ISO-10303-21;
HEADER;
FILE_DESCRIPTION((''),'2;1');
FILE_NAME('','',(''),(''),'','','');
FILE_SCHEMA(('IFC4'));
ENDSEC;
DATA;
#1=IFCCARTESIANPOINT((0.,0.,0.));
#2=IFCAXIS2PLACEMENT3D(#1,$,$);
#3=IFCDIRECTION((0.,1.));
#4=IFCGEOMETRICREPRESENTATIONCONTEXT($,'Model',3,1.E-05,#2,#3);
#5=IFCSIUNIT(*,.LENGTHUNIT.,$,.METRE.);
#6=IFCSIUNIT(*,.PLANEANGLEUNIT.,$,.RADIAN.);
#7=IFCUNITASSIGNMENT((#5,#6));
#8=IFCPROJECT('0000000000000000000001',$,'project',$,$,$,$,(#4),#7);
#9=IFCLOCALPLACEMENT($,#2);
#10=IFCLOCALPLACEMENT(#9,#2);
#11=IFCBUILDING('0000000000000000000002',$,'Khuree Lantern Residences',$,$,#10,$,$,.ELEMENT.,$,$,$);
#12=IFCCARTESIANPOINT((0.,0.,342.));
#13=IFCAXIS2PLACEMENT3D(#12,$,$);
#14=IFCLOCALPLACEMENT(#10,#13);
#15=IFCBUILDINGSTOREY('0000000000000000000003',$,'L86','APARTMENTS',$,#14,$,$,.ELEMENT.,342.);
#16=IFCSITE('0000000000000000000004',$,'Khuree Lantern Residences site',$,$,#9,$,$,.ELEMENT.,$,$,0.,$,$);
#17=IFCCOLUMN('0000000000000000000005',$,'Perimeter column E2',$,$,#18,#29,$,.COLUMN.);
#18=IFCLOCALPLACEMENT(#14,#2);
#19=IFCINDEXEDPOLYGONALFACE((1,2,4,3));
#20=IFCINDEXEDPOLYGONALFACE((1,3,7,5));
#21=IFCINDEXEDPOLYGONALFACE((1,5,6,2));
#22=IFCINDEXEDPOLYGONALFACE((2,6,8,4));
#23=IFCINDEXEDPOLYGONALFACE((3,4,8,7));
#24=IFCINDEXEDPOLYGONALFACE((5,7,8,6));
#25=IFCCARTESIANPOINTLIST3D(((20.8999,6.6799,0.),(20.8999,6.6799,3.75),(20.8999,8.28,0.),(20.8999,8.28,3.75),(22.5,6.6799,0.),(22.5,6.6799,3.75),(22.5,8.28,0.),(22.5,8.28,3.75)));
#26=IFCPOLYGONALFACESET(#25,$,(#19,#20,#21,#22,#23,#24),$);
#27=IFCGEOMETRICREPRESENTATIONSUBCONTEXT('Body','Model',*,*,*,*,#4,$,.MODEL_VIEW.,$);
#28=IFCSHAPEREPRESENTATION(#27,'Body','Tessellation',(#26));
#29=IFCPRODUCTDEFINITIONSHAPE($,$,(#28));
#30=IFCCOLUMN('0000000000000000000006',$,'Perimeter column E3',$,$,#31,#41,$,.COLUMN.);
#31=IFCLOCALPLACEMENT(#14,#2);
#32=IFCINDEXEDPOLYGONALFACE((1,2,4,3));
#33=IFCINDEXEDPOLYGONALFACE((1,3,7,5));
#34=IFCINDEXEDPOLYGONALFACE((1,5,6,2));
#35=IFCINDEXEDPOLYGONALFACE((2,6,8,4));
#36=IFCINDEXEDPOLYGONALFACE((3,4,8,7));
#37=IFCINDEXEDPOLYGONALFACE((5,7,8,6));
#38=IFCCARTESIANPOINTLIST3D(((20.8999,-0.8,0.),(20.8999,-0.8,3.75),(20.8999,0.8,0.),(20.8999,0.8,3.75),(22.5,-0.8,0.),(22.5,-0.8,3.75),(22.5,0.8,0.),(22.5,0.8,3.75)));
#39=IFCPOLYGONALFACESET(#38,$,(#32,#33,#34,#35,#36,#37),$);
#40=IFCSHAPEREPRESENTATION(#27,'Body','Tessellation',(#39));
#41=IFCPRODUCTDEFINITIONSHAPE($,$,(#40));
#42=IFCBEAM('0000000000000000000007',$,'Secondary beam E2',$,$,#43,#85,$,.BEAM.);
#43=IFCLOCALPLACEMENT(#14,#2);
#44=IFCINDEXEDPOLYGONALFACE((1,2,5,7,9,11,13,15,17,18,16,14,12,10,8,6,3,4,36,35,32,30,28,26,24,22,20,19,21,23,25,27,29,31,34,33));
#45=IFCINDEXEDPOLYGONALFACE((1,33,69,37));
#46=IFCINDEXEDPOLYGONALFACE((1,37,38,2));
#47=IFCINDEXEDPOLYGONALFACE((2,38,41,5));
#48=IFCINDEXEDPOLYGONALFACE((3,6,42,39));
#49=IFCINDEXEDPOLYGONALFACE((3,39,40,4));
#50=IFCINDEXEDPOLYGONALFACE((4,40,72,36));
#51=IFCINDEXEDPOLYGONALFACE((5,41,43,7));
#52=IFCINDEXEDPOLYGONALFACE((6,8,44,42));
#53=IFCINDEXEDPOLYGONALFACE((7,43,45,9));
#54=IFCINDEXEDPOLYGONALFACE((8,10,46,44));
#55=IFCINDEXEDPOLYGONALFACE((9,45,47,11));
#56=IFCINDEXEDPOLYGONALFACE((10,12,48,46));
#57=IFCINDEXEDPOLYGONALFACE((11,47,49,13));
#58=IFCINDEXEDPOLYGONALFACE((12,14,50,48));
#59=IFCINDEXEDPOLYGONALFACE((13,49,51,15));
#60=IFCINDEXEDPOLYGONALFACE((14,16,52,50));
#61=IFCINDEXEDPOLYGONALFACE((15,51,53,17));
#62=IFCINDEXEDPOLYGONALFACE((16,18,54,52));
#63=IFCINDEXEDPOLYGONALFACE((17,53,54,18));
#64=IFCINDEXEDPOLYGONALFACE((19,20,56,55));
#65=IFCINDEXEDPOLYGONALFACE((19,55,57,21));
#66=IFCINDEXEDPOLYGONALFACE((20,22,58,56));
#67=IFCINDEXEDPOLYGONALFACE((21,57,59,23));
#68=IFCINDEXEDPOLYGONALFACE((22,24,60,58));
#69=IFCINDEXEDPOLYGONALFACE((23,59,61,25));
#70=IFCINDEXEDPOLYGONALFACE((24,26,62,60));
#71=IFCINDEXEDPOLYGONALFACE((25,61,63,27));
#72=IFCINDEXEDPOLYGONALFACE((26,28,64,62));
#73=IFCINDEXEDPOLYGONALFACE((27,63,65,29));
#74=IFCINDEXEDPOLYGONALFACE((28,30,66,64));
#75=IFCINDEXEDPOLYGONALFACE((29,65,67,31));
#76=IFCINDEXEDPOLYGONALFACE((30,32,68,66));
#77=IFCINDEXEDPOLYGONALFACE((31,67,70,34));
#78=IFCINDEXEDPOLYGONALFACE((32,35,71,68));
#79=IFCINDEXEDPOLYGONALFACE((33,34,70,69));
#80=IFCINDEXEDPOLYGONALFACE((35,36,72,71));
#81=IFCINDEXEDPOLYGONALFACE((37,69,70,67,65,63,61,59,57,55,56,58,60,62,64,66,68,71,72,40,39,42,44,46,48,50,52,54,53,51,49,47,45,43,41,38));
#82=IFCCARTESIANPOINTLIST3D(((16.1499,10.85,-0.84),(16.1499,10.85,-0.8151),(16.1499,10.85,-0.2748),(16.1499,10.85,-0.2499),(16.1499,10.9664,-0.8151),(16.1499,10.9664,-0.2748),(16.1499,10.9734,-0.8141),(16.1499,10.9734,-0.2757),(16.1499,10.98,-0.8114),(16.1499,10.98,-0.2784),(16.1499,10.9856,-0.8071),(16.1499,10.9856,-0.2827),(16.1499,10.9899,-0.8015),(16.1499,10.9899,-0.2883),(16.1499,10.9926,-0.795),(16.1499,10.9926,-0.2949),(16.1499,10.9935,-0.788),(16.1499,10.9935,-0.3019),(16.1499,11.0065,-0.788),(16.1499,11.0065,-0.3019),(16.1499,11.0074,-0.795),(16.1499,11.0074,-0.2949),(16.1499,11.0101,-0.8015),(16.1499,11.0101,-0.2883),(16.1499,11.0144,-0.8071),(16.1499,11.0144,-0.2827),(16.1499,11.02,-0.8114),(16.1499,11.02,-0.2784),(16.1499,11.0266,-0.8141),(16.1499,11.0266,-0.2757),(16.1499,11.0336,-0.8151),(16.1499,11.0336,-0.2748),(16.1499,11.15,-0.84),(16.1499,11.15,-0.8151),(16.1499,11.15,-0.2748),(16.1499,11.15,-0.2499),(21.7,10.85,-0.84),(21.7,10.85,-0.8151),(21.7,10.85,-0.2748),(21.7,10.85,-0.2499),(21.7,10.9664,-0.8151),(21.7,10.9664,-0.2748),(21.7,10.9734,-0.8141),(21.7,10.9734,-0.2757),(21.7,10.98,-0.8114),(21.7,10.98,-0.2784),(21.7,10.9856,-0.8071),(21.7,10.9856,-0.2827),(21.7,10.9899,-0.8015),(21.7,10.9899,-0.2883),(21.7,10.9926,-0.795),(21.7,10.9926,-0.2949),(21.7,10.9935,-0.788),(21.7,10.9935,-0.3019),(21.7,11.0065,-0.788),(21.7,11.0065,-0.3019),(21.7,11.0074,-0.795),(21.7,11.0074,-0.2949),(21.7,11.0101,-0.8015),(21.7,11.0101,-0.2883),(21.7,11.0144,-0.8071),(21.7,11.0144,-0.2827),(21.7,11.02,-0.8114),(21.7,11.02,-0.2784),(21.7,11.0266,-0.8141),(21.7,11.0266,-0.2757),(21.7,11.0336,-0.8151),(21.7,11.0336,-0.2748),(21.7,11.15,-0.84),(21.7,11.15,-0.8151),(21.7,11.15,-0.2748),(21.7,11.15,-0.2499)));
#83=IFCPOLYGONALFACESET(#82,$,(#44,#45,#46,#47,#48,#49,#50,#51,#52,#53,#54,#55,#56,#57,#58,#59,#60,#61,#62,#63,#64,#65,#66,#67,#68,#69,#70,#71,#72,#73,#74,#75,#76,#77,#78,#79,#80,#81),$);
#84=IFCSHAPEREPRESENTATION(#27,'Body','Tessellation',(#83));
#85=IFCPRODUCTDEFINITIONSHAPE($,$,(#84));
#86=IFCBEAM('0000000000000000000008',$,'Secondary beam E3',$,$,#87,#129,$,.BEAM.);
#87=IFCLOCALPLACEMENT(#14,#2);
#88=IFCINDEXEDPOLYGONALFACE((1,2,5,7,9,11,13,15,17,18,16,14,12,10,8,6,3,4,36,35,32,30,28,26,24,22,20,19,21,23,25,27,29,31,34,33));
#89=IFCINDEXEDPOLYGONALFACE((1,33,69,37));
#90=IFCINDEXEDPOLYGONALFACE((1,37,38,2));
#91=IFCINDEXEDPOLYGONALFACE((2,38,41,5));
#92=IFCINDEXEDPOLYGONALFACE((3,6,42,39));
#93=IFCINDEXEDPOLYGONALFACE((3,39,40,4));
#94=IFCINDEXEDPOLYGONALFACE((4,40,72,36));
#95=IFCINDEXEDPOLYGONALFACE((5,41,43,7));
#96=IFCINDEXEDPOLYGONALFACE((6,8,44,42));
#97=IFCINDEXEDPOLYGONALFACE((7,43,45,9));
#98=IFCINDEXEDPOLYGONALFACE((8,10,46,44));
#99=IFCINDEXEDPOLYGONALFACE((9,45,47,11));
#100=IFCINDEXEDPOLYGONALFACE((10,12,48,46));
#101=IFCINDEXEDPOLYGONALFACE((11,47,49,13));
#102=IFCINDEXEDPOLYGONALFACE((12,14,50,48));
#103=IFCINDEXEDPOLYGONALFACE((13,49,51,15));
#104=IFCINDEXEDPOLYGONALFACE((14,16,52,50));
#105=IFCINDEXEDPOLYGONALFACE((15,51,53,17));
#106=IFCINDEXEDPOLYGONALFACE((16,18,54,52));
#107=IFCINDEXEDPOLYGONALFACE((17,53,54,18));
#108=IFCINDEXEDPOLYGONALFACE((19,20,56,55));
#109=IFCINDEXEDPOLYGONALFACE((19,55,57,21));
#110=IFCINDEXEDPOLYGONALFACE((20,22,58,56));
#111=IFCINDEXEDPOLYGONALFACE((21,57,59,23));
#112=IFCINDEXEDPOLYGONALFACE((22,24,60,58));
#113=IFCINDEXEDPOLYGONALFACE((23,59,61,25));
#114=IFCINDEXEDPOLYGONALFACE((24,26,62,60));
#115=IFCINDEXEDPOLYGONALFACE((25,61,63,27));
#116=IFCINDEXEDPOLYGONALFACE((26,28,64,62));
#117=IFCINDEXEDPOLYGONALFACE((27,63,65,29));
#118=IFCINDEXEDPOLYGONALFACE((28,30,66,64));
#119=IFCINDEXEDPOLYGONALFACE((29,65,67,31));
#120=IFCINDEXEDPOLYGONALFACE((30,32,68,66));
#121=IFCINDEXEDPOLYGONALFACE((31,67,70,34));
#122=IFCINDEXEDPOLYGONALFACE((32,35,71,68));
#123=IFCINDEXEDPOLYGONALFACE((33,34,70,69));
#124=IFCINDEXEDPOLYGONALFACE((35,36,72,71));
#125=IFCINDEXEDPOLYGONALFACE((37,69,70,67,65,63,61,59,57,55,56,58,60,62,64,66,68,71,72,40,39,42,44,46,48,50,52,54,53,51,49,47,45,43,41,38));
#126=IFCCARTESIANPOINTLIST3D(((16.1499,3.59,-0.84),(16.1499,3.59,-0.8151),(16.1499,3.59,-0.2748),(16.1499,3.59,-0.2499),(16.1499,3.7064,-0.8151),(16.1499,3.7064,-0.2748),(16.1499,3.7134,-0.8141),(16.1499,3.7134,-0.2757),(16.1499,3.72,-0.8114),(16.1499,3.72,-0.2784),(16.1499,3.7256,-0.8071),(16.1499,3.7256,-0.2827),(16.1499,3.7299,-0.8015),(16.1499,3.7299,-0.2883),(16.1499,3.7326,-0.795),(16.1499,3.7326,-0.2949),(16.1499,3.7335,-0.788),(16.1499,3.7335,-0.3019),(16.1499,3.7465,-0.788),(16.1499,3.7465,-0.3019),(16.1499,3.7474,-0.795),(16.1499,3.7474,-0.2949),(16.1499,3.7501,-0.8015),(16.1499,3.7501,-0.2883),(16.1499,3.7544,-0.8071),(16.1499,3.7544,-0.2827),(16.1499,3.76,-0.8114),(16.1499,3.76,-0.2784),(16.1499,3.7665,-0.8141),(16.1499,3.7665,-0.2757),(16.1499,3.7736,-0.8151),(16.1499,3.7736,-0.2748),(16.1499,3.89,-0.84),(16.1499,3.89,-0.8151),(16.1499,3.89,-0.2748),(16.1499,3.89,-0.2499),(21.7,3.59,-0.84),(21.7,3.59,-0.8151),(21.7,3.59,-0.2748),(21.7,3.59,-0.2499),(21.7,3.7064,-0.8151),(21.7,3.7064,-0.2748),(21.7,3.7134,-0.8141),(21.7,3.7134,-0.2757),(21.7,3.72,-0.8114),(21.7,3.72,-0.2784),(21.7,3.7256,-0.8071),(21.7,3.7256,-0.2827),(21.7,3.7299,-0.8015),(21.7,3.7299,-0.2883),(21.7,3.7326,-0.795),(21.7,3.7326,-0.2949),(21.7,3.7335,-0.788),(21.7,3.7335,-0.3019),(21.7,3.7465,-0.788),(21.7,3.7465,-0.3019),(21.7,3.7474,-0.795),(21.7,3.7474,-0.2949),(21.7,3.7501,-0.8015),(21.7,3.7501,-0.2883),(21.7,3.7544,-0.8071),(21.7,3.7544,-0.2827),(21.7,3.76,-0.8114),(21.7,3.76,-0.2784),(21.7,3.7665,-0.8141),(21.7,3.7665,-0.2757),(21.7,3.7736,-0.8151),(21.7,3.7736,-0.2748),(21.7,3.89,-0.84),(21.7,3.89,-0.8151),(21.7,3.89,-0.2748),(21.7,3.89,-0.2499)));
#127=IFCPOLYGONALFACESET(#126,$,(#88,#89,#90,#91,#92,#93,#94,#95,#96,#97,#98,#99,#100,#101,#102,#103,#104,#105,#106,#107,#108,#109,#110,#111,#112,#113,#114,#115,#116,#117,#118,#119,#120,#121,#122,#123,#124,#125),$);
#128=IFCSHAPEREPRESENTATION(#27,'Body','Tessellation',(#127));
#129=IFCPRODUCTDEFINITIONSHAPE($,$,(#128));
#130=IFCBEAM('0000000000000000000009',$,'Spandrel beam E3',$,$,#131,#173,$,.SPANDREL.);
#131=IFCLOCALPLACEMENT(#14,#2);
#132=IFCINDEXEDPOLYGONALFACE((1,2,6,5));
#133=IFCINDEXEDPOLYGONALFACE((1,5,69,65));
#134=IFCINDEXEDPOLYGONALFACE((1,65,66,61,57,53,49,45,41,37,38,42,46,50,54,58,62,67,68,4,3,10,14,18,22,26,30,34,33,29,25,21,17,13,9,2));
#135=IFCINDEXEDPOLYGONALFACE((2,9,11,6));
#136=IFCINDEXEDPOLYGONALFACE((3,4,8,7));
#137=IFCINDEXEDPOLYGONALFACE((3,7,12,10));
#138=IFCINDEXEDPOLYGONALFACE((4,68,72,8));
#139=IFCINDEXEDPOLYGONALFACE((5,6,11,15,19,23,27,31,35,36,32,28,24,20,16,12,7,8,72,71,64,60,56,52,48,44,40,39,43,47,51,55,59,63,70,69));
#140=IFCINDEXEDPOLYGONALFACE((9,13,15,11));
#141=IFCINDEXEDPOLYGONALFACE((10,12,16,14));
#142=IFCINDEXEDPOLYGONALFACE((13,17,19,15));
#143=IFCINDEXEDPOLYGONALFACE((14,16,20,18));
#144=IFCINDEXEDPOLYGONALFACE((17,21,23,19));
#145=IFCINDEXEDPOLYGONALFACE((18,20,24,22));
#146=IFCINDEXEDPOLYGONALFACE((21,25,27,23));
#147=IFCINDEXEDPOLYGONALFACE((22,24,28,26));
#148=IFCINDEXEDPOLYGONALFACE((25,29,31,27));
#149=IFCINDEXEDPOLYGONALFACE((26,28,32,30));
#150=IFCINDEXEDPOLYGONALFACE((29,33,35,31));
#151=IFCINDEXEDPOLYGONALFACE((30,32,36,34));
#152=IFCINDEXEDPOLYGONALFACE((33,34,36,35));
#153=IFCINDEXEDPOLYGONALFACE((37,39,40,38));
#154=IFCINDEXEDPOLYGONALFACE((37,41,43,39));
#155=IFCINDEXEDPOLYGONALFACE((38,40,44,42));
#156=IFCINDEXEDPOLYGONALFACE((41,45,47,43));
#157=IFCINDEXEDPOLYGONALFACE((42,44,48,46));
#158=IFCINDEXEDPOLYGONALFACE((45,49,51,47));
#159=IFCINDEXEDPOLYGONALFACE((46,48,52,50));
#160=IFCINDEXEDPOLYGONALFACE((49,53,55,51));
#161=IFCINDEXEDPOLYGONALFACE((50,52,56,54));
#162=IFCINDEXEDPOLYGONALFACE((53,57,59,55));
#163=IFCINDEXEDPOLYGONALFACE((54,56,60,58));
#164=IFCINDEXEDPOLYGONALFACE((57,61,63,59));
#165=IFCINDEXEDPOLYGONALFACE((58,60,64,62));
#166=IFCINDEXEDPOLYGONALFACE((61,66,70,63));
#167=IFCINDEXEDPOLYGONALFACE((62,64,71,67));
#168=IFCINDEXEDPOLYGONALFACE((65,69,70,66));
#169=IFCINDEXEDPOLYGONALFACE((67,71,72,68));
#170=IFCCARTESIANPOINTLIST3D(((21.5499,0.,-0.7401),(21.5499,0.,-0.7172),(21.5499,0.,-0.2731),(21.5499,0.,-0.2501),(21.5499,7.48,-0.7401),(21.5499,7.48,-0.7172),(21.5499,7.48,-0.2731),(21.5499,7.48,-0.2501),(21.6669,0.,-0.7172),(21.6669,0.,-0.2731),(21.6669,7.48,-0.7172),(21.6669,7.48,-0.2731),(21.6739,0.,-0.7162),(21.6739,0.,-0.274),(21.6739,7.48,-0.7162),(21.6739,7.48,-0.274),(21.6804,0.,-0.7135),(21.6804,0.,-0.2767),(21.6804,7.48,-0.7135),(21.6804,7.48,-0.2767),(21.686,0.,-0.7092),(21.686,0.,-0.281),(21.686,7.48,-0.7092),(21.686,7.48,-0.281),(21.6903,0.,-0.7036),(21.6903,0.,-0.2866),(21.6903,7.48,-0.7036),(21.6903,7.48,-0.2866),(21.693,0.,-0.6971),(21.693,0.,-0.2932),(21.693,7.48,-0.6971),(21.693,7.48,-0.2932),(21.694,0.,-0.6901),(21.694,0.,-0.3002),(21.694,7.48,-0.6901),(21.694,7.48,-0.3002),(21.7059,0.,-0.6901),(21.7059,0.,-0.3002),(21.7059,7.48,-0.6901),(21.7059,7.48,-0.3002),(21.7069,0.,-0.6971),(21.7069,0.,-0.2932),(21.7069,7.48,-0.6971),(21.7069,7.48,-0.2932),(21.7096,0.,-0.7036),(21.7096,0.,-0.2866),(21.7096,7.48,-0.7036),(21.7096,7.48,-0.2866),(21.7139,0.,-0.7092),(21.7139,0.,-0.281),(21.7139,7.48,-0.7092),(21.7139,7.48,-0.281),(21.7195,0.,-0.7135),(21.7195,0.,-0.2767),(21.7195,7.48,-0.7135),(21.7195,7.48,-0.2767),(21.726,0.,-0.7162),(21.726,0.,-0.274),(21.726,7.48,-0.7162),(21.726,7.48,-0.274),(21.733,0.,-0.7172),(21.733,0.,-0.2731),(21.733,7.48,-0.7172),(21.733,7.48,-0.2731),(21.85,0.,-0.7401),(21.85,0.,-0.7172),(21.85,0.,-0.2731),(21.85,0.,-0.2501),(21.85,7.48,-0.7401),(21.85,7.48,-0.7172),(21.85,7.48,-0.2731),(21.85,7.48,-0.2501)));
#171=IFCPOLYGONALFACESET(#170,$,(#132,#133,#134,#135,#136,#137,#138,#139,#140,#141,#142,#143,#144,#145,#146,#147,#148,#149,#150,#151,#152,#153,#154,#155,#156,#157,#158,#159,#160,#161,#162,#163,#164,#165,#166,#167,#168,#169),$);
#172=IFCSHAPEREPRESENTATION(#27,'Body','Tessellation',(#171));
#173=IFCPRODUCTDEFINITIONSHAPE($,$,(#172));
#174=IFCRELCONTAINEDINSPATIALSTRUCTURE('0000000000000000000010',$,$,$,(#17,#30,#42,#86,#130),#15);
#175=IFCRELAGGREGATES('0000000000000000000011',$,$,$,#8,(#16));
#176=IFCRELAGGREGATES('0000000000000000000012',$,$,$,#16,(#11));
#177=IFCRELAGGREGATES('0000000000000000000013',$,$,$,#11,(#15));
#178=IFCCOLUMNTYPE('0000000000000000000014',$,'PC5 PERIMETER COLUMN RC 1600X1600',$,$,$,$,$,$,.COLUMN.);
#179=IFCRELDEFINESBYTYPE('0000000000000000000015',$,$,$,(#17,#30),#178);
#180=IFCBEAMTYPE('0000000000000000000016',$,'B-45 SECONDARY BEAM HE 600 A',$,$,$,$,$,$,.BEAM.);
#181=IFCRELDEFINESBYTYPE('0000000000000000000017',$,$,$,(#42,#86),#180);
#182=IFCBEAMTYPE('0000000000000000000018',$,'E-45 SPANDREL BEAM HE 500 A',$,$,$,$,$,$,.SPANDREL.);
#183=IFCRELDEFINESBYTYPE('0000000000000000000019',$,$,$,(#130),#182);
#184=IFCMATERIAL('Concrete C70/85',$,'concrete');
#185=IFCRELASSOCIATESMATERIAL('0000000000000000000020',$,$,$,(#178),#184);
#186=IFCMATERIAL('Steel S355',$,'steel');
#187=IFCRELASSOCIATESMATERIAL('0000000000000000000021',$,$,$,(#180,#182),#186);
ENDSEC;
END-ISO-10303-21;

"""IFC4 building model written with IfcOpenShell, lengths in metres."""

from ifc_helpers import new_model, si_unit, direction, frame, origin, origin_2d, place, context, subcontext, project, spatial, rectangle, i_section, extrude, material, material_profile, profile_set, type_object, element, save


model = new_model("IFC4")

# Units and contexts
model_context = context("Model", 3, precision=1e-05, world=origin(), true_north=direction((0.0, 1.0)))
body_context = subcontext(model_context, "Body", "Model", "MODEL_VIEW")
ifc_project = project(units=[si_unit("LENGTHUNIT", "METRE"), si_unit("PLANEANGLEUNIT", "RADIAN")], contexts=[model_context])

# Site, building, storey
site_placement = place(None, origin())
site = spatial("IfcSite", under=ifc_project, at=site_placement, Name="Khuree Lantern Residences site", CompositionType="ELEMENT", RefElevation=0.0)
building_placement = place(site_placement, origin())
building = spatial("IfcBuilding", under=site, at=building_placement, Name="Khuree Lantern Residences", CompositionType="ELEMENT")
storey_placement = place(building_placement, frame((0.0, 0.0, 342.0)))
storey = spatial("IfcBuildingStorey", under=building, at=storey_placement, Name="L86", Description="APARTMENTS", CompositionType="ELEMENT", Elevation=342.0)

# Columns
ifc_material_1 = material(Name="Concrete C70/85", Category="concrete")
ifc_material_profile_1 = material_profile(ifc_material_1, rectangle(XDim=1.6001, YDim=1.6001, at=origin_2d()), Name="RC 1600X1600")
ifc_profile_set_1 = profile_set([ifc_material_profile_1], Name="Concrete C70/85")
column_type = type_object("IfcColumnType", Name="PC5 PERIMETER COLUMN RC 1600X1600", PredefinedType="COLUMN", material=ifc_profile_set_1)
for number, where, z_axis, x_axis, name in (
    (1, (21.7, 7.48, 0.0), (0.0, 0.0, 1.0), (0.0, 1.0, 0.0), "Perimeter column E2"),
    (2, (21.7, 0.0, 0.0), (0.0, 0.0, 1.0), (0.0, 1.0, 0.0), "Perimeter column E3"),
):
    element("IfcColumn", number, at=place(storey_placement, frame(where, z_axis=z_axis, x_axis=x_axis)), inside=storey, type_object=column_type, Name=name, PredefinedType="COLUMN", context=body_context, shape_type="SweptSolid", body=[
        extrude(rectangle(XDim=1.6001, YDim=1.6001, at=origin_2d()), origin(), (0.0, 0.0, 1.0), 3.75),
    ])

# Beams
ifc_material_2 = material(Name="Steel S355", Category="steel")
ifc_material_profile_2 = material_profile(ifc_material_2, i_section(OverallWidth=0.3, OverallDepth=0.5901, WebThickness=0.0129, FlangeThickness=0.0249, FilletRadius=0.0271, at=origin_2d()), Name="HE 600 A")
ifc_profile_set_2 = profile_set([ifc_material_profile_2], Name="Steel S355")
beam_type_1 = type_object("IfcBeamType", Name="B-45 SECONDARY BEAM HE 600 A", PredefinedType="BEAM", material=ifc_profile_set_2)
for number, where, z_axis, x_axis, name in (
    (3, (21.7, 11.0, -0.5449), (-1.0, 0.0, 0.0), (0.0, -1.0, 0.0), "Secondary beam E2"),
    (4, (21.7, 3.74, -0.5449), (-1.0, 0.0, 0.0), (0.0, -1.0, 0.0), "Secondary beam E3"),
):
    element("IfcBeam", number, at=place(storey_placement, frame(where, z_axis=z_axis, x_axis=x_axis)), inside=storey, type_object=beam_type_1, Name=name, PredefinedType="BEAM", context=body_context, shape_type="SweptSolid", body=[
        extrude(i_section(OverallWidth=0.3, OverallDepth=0.5901, WebThickness=0.0129, FlangeThickness=0.0249, FilletRadius=0.0271, at=origin_2d()), origin(), (0.0, 0.0, 1.0), 5.55),
    ])
ifc_material_profile_3 = material_profile(ifc_material_2, i_section(OverallWidth=0.3, OverallDepth=0.49, WebThickness=0.012, FlangeThickness=0.0229, FilletRadius=0.0271, at=origin_2d()), Name="HE 500 A")
ifc_profile_set_3 = profile_set([ifc_material_profile_3], Name="Steel S355")
beam_type_2 = type_object("IfcBeamType", Name="E-45 SPANDREL BEAM HE 500 A", PredefinedType="SPANDREL", material=ifc_profile_set_3)
for number, where, z_axis, x_axis, name in (
    (5, (21.7, 7.48, -0.4951), (0.0, -1.0, 0.0), (1.0, 0.0, 0.0), "Spandrel beam E3"),
):
    element("IfcBeam", number, at=place(storey_placement, frame(where, z_axis=z_axis, x_axis=x_axis)), inside=storey, type_object=beam_type_2, Name=name, PredefinedType="SPANDREL", context=body_context, shape_type="SweptSolid", body=[
        extrude(i_section(OverallWidth=0.3, OverallDepth=0.49, WebThickness=0.012, FlangeThickness=0.0229, FilletRadius=0.0271, at=origin_2d()), origin(), (0.0, 0.0, 1.0), 7.48),
    ])

save(model, "model.ifc")
